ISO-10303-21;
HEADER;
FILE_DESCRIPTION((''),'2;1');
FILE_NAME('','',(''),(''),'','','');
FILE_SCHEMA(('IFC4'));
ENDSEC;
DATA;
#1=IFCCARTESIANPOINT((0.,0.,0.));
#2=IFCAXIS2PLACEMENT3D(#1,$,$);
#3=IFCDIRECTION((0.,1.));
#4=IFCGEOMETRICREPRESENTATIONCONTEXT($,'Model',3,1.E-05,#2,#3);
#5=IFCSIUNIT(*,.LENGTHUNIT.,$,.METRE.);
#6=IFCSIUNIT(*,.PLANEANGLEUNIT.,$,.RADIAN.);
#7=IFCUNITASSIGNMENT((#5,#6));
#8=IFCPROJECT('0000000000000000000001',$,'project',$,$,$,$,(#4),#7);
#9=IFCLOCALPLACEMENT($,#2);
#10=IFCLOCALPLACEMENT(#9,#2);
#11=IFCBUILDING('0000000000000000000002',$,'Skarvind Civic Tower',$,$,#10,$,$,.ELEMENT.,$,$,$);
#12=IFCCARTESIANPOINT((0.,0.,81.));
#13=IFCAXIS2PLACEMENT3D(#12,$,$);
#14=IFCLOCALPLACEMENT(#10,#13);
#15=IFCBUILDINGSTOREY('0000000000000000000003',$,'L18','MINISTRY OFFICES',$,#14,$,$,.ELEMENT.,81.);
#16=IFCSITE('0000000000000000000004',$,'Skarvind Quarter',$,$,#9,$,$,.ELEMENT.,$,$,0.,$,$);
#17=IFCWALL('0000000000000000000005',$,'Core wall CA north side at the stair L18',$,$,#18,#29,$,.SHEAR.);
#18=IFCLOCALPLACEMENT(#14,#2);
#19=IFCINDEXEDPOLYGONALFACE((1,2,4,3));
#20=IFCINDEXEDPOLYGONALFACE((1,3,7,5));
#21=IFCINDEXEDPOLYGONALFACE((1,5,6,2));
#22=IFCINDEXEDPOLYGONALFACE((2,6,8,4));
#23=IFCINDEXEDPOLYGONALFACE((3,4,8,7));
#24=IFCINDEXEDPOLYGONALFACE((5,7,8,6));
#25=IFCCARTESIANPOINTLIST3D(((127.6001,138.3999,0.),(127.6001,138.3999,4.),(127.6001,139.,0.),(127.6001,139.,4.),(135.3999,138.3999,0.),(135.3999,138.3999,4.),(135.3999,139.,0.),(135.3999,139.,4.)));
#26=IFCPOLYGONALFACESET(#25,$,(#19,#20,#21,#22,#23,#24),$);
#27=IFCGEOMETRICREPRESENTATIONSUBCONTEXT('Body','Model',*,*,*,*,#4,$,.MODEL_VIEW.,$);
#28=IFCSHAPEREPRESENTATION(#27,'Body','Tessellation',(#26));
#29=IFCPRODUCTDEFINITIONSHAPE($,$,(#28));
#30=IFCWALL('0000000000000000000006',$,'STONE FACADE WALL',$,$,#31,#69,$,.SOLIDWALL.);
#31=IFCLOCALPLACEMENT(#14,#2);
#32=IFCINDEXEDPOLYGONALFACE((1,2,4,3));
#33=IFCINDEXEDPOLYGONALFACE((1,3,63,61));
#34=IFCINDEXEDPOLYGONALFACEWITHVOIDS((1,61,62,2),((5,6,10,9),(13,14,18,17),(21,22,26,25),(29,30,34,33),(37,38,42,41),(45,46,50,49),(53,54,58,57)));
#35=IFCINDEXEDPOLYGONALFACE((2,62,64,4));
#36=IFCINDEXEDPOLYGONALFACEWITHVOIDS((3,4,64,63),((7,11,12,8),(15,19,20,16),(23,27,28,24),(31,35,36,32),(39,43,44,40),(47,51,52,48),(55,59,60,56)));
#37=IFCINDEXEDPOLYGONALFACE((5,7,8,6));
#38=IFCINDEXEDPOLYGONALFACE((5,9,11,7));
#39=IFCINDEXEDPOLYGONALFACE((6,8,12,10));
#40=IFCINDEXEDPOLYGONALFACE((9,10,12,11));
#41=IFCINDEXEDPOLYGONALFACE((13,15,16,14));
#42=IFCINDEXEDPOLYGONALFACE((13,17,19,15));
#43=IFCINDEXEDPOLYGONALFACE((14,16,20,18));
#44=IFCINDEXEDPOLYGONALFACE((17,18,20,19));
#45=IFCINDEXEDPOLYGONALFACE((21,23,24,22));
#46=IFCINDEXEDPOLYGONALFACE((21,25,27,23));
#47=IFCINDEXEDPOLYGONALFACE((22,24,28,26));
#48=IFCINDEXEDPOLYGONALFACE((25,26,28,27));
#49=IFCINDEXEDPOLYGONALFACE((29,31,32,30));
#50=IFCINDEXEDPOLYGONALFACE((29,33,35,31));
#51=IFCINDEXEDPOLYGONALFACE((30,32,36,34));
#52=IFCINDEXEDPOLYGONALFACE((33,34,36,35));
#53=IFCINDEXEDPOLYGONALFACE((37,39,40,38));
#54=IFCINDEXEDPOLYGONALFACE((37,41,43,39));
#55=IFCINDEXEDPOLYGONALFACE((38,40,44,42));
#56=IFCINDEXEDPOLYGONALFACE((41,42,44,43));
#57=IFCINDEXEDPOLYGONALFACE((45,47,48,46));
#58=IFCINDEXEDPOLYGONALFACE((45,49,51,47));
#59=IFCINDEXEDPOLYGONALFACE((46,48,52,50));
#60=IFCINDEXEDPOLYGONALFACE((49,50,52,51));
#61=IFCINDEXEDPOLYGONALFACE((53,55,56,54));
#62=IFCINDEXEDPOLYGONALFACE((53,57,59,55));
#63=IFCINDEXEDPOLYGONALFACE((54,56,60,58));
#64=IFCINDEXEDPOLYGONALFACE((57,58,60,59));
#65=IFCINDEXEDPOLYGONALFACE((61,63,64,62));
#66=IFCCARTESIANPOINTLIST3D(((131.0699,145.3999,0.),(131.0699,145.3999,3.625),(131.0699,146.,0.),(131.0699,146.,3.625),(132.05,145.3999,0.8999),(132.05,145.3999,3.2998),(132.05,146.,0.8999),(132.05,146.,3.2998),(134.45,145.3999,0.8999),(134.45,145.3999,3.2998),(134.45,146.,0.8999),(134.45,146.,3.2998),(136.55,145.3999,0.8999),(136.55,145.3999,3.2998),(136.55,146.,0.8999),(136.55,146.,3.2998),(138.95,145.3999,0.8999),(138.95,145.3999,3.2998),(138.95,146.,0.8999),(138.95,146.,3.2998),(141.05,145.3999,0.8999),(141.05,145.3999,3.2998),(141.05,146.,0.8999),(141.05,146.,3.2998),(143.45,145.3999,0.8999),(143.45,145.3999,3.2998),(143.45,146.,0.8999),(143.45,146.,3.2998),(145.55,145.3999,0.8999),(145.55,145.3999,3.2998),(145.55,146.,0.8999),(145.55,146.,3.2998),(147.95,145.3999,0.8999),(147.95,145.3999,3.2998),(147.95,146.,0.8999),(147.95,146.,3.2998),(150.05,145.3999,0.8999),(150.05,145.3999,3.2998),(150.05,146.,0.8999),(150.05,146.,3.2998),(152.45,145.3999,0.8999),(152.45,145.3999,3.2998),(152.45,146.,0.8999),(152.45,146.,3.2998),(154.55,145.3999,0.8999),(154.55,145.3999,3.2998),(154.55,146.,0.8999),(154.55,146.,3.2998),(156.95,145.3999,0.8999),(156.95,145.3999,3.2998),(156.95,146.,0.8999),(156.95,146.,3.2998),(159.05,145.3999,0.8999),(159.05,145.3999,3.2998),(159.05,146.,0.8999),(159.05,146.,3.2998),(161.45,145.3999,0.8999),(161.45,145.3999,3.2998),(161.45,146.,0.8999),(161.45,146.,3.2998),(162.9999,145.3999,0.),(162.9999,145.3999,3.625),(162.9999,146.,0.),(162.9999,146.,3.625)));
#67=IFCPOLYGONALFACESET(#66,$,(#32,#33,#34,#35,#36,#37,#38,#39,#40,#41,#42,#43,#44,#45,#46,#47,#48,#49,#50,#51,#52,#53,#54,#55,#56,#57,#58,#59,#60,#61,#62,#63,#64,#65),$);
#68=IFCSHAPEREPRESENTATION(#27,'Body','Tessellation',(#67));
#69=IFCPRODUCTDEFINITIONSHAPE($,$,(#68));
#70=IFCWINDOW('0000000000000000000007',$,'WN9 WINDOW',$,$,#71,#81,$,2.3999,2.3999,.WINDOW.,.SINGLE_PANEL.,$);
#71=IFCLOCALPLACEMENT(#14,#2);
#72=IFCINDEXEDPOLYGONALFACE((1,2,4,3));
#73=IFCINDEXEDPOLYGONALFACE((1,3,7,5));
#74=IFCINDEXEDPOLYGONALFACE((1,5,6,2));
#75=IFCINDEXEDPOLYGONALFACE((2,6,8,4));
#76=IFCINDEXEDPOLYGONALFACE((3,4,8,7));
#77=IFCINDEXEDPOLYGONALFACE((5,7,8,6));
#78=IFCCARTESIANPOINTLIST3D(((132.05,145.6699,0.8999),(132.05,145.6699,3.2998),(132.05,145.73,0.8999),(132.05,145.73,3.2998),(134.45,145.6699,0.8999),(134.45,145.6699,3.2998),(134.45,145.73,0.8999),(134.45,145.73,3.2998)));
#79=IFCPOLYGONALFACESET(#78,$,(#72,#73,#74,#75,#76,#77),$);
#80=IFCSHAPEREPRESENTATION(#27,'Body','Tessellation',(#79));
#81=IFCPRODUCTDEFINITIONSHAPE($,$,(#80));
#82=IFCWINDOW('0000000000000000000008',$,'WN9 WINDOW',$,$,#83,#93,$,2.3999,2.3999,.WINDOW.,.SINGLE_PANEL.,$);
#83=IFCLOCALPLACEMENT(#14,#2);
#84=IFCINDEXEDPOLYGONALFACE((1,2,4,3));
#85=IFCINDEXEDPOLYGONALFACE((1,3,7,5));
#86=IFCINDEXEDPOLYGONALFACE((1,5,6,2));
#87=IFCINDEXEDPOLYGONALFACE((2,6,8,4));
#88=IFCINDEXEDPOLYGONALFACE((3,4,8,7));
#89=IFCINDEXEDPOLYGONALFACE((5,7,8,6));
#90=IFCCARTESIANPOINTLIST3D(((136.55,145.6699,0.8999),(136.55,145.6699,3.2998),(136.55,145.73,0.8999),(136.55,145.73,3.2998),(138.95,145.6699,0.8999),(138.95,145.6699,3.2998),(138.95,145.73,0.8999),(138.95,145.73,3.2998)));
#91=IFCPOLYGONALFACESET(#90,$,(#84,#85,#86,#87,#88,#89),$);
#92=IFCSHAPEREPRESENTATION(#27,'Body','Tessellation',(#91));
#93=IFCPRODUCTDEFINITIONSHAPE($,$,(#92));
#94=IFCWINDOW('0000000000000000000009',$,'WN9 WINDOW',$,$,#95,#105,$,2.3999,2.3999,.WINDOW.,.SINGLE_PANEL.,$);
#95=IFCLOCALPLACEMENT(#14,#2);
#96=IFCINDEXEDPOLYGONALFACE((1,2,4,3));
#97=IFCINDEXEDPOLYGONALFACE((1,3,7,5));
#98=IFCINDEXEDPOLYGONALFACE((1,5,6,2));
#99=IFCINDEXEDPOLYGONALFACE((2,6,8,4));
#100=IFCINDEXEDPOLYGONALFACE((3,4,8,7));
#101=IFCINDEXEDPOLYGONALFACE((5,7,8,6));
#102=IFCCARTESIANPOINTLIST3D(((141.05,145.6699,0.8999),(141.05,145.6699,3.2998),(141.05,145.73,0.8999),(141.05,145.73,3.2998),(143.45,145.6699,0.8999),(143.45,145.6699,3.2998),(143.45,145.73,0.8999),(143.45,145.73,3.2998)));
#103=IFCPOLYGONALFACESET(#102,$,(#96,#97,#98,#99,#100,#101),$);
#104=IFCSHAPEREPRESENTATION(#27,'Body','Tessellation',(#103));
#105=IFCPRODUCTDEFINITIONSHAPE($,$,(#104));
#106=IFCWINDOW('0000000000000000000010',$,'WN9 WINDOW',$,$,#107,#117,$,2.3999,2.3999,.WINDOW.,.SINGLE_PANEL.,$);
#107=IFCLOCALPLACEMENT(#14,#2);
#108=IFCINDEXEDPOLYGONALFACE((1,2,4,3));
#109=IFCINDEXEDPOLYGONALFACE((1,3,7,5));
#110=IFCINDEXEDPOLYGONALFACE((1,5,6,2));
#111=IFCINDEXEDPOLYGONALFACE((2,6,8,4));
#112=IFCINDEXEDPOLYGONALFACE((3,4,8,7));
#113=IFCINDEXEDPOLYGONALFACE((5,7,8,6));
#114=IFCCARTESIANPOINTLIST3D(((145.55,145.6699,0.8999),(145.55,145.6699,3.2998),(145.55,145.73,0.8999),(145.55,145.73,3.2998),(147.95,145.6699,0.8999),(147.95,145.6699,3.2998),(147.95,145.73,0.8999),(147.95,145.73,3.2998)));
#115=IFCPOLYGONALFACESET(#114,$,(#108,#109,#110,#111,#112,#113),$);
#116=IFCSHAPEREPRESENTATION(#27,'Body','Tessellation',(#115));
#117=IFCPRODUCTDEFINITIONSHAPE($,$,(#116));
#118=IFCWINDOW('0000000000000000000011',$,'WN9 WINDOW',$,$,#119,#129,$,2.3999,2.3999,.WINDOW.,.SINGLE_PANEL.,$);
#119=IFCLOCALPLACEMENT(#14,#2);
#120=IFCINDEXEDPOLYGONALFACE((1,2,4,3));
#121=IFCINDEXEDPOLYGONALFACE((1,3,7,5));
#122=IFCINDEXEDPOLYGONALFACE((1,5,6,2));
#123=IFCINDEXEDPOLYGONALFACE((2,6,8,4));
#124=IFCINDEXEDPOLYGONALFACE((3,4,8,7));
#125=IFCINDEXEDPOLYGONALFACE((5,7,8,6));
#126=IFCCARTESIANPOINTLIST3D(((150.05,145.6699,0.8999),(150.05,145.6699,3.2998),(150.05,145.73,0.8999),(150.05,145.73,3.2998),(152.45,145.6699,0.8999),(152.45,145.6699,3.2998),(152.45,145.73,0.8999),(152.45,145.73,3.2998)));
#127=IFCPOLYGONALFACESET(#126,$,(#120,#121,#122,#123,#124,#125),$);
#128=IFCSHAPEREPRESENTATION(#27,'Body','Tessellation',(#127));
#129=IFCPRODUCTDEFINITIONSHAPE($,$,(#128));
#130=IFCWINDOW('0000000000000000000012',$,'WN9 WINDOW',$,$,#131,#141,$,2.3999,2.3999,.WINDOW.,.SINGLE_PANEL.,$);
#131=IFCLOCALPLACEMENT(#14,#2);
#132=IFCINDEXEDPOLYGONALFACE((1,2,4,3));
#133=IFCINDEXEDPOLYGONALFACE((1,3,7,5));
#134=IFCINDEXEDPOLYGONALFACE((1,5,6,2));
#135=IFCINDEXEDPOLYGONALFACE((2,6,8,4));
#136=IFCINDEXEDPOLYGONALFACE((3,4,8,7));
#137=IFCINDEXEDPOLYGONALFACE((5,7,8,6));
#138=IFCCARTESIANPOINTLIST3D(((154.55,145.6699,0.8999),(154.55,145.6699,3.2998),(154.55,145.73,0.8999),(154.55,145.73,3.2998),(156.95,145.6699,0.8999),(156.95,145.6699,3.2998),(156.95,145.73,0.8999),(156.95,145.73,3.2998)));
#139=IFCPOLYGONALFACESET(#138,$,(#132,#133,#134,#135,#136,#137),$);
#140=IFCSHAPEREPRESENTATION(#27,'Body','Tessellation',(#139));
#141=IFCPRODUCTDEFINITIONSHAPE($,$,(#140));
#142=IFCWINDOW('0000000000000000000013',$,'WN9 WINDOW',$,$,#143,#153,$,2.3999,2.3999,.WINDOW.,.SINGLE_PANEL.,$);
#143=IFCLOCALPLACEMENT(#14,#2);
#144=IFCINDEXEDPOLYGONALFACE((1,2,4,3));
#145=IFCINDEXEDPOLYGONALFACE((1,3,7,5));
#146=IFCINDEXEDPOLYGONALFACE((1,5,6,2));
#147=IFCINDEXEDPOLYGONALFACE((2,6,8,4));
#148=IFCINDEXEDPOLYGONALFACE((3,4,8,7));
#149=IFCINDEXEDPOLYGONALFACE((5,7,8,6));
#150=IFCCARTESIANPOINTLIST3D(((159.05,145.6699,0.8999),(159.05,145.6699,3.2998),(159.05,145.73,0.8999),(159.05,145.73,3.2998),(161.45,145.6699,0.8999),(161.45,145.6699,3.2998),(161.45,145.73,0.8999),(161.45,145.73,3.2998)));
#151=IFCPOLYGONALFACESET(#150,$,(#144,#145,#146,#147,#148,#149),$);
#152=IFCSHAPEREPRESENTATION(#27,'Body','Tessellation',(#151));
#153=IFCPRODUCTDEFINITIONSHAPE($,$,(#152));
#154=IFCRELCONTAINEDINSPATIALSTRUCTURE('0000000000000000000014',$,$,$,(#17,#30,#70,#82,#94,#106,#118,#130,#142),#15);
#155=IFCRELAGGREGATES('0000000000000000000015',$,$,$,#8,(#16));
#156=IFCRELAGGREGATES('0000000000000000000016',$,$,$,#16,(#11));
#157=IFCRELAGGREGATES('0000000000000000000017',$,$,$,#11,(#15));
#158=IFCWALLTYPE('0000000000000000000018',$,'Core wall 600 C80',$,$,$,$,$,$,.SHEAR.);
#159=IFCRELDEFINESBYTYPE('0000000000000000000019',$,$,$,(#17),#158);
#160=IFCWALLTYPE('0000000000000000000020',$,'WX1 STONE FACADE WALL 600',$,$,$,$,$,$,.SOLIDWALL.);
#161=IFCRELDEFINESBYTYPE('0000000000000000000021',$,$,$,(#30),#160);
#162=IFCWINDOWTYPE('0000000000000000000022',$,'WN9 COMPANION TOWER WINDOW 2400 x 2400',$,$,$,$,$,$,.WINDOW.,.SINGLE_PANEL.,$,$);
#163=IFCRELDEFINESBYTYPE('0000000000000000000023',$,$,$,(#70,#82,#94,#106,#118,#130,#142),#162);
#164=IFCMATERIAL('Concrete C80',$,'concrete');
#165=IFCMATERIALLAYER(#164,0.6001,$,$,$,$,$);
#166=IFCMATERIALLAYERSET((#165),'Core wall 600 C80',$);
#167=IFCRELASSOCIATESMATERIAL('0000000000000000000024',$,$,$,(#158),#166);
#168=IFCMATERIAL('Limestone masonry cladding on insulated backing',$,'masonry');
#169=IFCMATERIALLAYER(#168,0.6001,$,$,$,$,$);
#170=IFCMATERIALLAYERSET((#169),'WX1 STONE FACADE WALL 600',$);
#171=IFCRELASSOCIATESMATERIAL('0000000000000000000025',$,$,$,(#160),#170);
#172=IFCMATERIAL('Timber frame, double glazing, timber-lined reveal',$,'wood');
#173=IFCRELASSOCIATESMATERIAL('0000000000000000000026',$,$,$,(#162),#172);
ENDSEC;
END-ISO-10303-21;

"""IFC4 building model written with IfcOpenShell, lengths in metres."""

from ifc_helpers import new_model, si_unit, direction, frame, frame_2d, origin, place, context, subcontext, project, spatial, rectangle, extrude, material, layer, layer_set, type_object, element, fill, save


model = new_model("IFC4")

# Units and contexts
model_context = context("Model", 3, precision=1e-05, world=origin(), true_north=direction((0.0, 1.0)))
body_context = subcontext(model_context, "Body", "Model", "MODEL_VIEW")
ifc_project = project(units=[si_unit("LENGTHUNIT", "METRE"), si_unit("PLANEANGLEUNIT", "RADIAN")], contexts=[model_context])

# Site, building, storey
site_placement = place(None, origin())
site = spatial("IfcSite", under=ifc_project, at=site_placement, Name="Skarvind Quarter", CompositionType="ELEMENT", RefElevation=0.0)
building_placement = place(site_placement, origin())
building = spatial("IfcBuilding", under=site, at=building_placement, Name="Skarvind Civic Tower", CompositionType="ELEMENT")
storey_placement = place(building_placement, frame((0.0, 0.0, 81.0)))
storey = spatial("IfcBuildingStorey", under=building, at=storey_placement, Name="L18", Description="MINISTRY OFFICES", CompositionType="ELEMENT", Elevation=81.0)

# Shared definitions
ifc_material_1 = material(Name="Concrete C80", Category="concrete")

# Wall
ifc_layer_1 = layer(ifc_material_1, 0.6001)
ifc_layer_set_1 = layer_set([ifc_layer_1], Name="Core wall 600 C80")
wall_type_1 = type_object("IfcWallType", Name="Core wall 600 C80", PredefinedType="SHEAR", material=ifc_layer_set_1)
wall_1_placement = place(storey_placement, frame((127.6001, 138.7, 0.0), z_axis=(0.0, 0.0, 1.0), x_axis=(1.0, 0.0, 0.0)))
element("IfcWall", 1, at=wall_1_placement, inside=storey, type_object=wall_type_1, Name="Core wall CA north side at the stair L18", PredefinedType="SHEAR", context=body_context, shape_type="SweptSolid", body=[
    extrude(rectangle(XDim=7.7998, YDim=0.6001, at=frame_2d((3.8999, 0.0))), origin(), (0.0, 0.0, 1.0), 4.0),
])

# Wall, openings, windows
ifc_material_2 = material(Name="Limestone masonry cladding on insulated backing", Category="masonry")
ifc_layer_2 = layer(ifc_material_2, 0.6001)
ifc_layer_set_2 = layer_set([ifc_layer_2], Name="WX1 STONE FACADE WALL 600")
wall_type_2 = type_object("IfcWallType", Name="WX1 STONE FACADE WALL 600", PredefinedType="SOLIDWALL", material=ifc_layer_set_2)
wall_2_placement = place(storey_placement, frame((131.0701, 145.7, 0.0), z_axis=(0.0, 0.0, 1.0), x_axis=(1.0, 0.0, 0.0)))
wall_2 = element("IfcWall", 2, at=wall_2_placement, inside=storey, type_object=wall_type_2, Name="STONE FACADE WALL", PredefinedType="SOLIDWALL", context=body_context, shape_type="SweptSolid", body=[
    extrude(rectangle(XDim=31.9299, YDim=0.6001, at=frame_2d((15.9648, 0.0))), origin(), (0.0, 0.0, 1.0), 3.625),
])
opening_1_placement = place(wall_2_placement, frame((0.98, 0.0, 0.8999)))
opening_1 = element("IfcOpeningElement", 3, at=opening_1_placement, cuts=wall_2, PredefinedType="OPENING", context=body_context, shape_type="SweptSolid", body=[
    extrude(rectangle(XDim=2.3999, YDim=2.3999, at=frame_2d((1.2, 1.2))), frame((0.0, 0.3101, 0.0), z_axis=(0.0, -1.0, 0.0), x_axis=(1.0, 0.0, 0.0)), (0.0, 0.0, 1.0), 0.6201),
])
opening_2_placement = place(wall_2_placement, frame((5.48, 0.0, 0.8999)))
opening_2 = element("IfcOpeningElement", 4, at=opening_2_placement, cuts=wall_2, PredefinedType="OPENING", context=body_context, shape_type="SweptSolid", body=[
    extrude(rectangle(XDim=2.3999, YDim=2.3999, at=frame_2d((1.2, 1.2))), frame((0.0, 0.3101, 0.0), z_axis=(0.0, -1.0, 0.0), x_axis=(1.0, 0.0, 0.0)), (0.0, 0.0, 1.0), 0.6201),
])
opening_3_placement = place(wall_2_placement, frame((9.98, 0.0, 0.8999)))
opening_3 = element("IfcOpeningElement", 5, at=opening_3_placement, cuts=wall_2, PredefinedType="OPENING", context=body_context, shape_type="SweptSolid", body=[
    extrude(rectangle(XDim=2.3999, YDim=2.3999, at=frame_2d((1.2, 1.2))), frame((0.0, 0.3101, 0.0), z_axis=(0.0, -1.0, 0.0), x_axis=(1.0, 0.0, 0.0)), (0.0, 0.0, 1.0), 0.6201),
])
opening_4_placement = place(wall_2_placement, frame((14.48, 0.0, 0.8999)))
opening_4 = element("IfcOpeningElement", 6, at=opening_4_placement, cuts=wall_2, PredefinedType="OPENING", context=body_context, shape_type="SweptSolid", body=[
    extrude(rectangle(XDim=2.3999, YDim=2.3999, at=frame_2d((1.2, 1.2))), frame((0.0, 0.3101, 0.0), z_axis=(0.0, -1.0, 0.0), x_axis=(1.0, 0.0, 0.0)), (0.0, 0.0, 1.0), 0.6201),
])
opening_5_placement = place(wall_2_placement, frame((18.98, 0.0, 0.8999)))
opening_5 = element("IfcOpeningElement", 7, at=opening_5_placement, cuts=wall_2, PredefinedType="OPENING", context=body_context, shape_type="SweptSolid", body=[
    extrude(rectangle(XDim=2.3999, YDim=2.3999, at=frame_2d((1.2, 1.2))), frame((0.0, 0.3101, 0.0), z_axis=(0.0, -1.0, 0.0), x_axis=(1.0, 0.0, 0.0)), (0.0, 0.0, 1.0), 0.6201),
])
opening_6_placement = place(wall_2_placement, frame((23.48, 0.0, 0.8999)))
opening_6 = element("IfcOpeningElement", 8, at=opening_6_placement, cuts=wall_2, PredefinedType="OPENING", context=body_context, shape_type="SweptSolid", body=[
    extrude(rectangle(XDim=2.3999, YDim=2.3999, at=frame_2d((1.2, 1.2))), frame((0.0, 0.3101, 0.0), z_axis=(0.0, -1.0, 0.0), x_axis=(1.0, 0.0, 0.0)), (0.0, 0.0, 1.0), 0.6201),
])
opening_7_placement = place(wall_2_placement, frame((27.98, 0.0, 0.8999)))
opening_7 = element("IfcOpeningElement", 9, at=opening_7_placement, cuts=wall_2, PredefinedType="OPENING", context=body_context, shape_type="SweptSolid", body=[
    extrude(rectangle(XDim=2.3999, YDim=2.3999, at=frame_2d((1.2, 1.2))), frame((0.0, 0.3101, 0.0), z_axis=(0.0, -1.0, 0.0), x_axis=(1.0, 0.0, 0.0)), (0.0, 0.0, 1.0), 0.6201),
])
ifc_material_3 = material(Name="Timber frame, double glazing, timber-lined reveal", Category="wood")
window_type = type_object("IfcWindowType", Name="WN9 COMPANION TOWER WINDOW 2400 x 2400", PartitioningType="SINGLE_PANEL", PredefinedType="WINDOW", material=ifc_material_3)
window_1_placement = place(opening_1_placement, origin())
window_1 = element("IfcWindow", 10, at=window_1_placement, inside=storey, type_object=window_type, Name="WN9 WINDOW", OverallHeight=2.3999, OverallWidth=2.3999, PartitioningType="SINGLE_PANEL", PredefinedType="WINDOW", context=body_context, shape_type="SweptSolid", body=[
    extrude(rectangle(XDim=2.3999, YDim=2.3999, at=frame_2d((1.2, 1.2))), frame((0.0, 0.03, 0.0), z_axis=(0.0, -1.0, 0.0), x_axis=(1.0, 0.0, 0.0)), (0.0, 0.0, 1.0), 0.0601),
])
fill(opening_1, window_1)
window_2_placement = place(opening_2_placement, origin())
window_2 = element("IfcWindow", 11, at=window_2_placement, inside=storey, type_object=window_type, Name="WN9 WINDOW", OverallHeight=2.3999, OverallWidth=2.3999, PartitioningType="SINGLE_PANEL", PredefinedType="WINDOW", context=body_context, shape_type="SweptSolid", body=[
    extrude(rectangle(XDim=2.3999, YDim=2.3999, at=frame_2d((1.2, 1.2))), frame((0.0, 0.03, 0.0), z_axis=(0.0, -1.0, 0.0), x_axis=(1.0, 0.0, 0.0)), (0.0, 0.0, 1.0), 0.0601),
])
fill(opening_2, window_2)
window_3_placement = place(opening_3_placement, origin())
window_3 = element("IfcWindow", 12, at=window_3_placement, inside=storey, type_object=window_type, Name="WN9 WINDOW", OverallHeight=2.3999, OverallWidth=2.3999, PartitioningType="SINGLE_PANEL", PredefinedType="WINDOW", context=body_context, shape_type="SweptSolid", body=[
    extrude(rectangle(XDim=2.3999, YDim=2.3999, at=frame_2d((1.2, 1.2))), frame((0.0, 0.03, 0.0), z_axis=(0.0, -1.0, 0.0), x_axis=(1.0, 0.0, 0.0)), (0.0, 0.0, 1.0), 0.0601),
])
fill(opening_3, window_3)
window_4_placement = place(opening_4_placement, origin())
window_4 = element("IfcWindow", 13, at=window_4_placement, inside=storey, type_object=window_type, Name="WN9 WINDOW", OverallHeight=2.3999, OverallWidth=2.3999, PartitioningType="SINGLE_PANEL", PredefinedType="WINDOW", context=body_context, shape_type="SweptSolid", body=[
    extrude(rectangle(XDim=2.3999, YDim=2.3999, at=frame_2d((1.2, 1.2))), frame((0.0, 0.03, 0.0), z_axis=(0.0, -1.0, 0.0), x_axis=(1.0, 0.0, 0.0)), (0.0, 0.0, 1.0), 0.0601),
])
fill(opening_4, window_4)
window_5_placement = place(opening_5_placement, origin())
window_5 = element("IfcWindow", 14, at=window_5_placement, inside=storey, type_object=window_type, Name="WN9 WINDOW", OverallHeight=2.3999, OverallWidth=2.3999, PartitioningType="SINGLE_PANEL", PredefinedType="WINDOW", context=body_context, shape_type="SweptSolid", body=[
    extrude(rectangle(XDim=2.3999, YDim=2.3999, at=frame_2d((1.2, 1.2))), frame((0.0, 0.03, 0.0), z_axis=(0.0, -1.0, 0.0), x_axis=(1.0, 0.0, 0.0)), (0.0, 0.0, 1.0), 0.0601),
])
fill(opening_5, window_5)
window_6_placement = place(opening_6_placement, origin())
window_6 = element("IfcWindow", 15, at=window_6_placement, inside=storey, type_object=window_type, Name="WN9 WINDOW", OverallHeight=2.3999, OverallWidth=2.3999, PartitioningType="SINGLE_PANEL", PredefinedType="WINDOW", context=body_context, shape_type="SweptSolid", body=[
    extrude(rectangle(XDim=2.3999, YDim=2.3999, at=frame_2d((1.2, 1.2))), frame((0.0, 0.03, 0.0), z_axis=(0.0, -1.0, 0.0), x_axis=(1.0, 0.0, 0.0)), (0.0, 0.0, 1.0), 0.0601),
])
fill(opening_6, window_6)
window_7_placement = place(opening_7_placement, origin())
window_7 = element("IfcWindow", 16, at=window_7_placement, inside=storey, type_object=window_type, Name="WN9 WINDOW", OverallHeight=2.3999, OverallWidth=2.3999, PartitioningType="SINGLE_PANEL", PredefinedType="WINDOW", context=body_context, shape_type="SweptSolid", body=[
    extrude(rectangle(XDim=2.3999, YDim=2.3999, at=frame_2d((1.2, 1.2))), frame((0.0, 0.03, 0.0), z_axis=(0.0, -1.0, 0.0), x_axis=(1.0, 0.0, 0.0)), (0.0, 0.0, 1.0), 0.0601),
])
fill(opening_7, window_7)

save(model, "model.ifc")
